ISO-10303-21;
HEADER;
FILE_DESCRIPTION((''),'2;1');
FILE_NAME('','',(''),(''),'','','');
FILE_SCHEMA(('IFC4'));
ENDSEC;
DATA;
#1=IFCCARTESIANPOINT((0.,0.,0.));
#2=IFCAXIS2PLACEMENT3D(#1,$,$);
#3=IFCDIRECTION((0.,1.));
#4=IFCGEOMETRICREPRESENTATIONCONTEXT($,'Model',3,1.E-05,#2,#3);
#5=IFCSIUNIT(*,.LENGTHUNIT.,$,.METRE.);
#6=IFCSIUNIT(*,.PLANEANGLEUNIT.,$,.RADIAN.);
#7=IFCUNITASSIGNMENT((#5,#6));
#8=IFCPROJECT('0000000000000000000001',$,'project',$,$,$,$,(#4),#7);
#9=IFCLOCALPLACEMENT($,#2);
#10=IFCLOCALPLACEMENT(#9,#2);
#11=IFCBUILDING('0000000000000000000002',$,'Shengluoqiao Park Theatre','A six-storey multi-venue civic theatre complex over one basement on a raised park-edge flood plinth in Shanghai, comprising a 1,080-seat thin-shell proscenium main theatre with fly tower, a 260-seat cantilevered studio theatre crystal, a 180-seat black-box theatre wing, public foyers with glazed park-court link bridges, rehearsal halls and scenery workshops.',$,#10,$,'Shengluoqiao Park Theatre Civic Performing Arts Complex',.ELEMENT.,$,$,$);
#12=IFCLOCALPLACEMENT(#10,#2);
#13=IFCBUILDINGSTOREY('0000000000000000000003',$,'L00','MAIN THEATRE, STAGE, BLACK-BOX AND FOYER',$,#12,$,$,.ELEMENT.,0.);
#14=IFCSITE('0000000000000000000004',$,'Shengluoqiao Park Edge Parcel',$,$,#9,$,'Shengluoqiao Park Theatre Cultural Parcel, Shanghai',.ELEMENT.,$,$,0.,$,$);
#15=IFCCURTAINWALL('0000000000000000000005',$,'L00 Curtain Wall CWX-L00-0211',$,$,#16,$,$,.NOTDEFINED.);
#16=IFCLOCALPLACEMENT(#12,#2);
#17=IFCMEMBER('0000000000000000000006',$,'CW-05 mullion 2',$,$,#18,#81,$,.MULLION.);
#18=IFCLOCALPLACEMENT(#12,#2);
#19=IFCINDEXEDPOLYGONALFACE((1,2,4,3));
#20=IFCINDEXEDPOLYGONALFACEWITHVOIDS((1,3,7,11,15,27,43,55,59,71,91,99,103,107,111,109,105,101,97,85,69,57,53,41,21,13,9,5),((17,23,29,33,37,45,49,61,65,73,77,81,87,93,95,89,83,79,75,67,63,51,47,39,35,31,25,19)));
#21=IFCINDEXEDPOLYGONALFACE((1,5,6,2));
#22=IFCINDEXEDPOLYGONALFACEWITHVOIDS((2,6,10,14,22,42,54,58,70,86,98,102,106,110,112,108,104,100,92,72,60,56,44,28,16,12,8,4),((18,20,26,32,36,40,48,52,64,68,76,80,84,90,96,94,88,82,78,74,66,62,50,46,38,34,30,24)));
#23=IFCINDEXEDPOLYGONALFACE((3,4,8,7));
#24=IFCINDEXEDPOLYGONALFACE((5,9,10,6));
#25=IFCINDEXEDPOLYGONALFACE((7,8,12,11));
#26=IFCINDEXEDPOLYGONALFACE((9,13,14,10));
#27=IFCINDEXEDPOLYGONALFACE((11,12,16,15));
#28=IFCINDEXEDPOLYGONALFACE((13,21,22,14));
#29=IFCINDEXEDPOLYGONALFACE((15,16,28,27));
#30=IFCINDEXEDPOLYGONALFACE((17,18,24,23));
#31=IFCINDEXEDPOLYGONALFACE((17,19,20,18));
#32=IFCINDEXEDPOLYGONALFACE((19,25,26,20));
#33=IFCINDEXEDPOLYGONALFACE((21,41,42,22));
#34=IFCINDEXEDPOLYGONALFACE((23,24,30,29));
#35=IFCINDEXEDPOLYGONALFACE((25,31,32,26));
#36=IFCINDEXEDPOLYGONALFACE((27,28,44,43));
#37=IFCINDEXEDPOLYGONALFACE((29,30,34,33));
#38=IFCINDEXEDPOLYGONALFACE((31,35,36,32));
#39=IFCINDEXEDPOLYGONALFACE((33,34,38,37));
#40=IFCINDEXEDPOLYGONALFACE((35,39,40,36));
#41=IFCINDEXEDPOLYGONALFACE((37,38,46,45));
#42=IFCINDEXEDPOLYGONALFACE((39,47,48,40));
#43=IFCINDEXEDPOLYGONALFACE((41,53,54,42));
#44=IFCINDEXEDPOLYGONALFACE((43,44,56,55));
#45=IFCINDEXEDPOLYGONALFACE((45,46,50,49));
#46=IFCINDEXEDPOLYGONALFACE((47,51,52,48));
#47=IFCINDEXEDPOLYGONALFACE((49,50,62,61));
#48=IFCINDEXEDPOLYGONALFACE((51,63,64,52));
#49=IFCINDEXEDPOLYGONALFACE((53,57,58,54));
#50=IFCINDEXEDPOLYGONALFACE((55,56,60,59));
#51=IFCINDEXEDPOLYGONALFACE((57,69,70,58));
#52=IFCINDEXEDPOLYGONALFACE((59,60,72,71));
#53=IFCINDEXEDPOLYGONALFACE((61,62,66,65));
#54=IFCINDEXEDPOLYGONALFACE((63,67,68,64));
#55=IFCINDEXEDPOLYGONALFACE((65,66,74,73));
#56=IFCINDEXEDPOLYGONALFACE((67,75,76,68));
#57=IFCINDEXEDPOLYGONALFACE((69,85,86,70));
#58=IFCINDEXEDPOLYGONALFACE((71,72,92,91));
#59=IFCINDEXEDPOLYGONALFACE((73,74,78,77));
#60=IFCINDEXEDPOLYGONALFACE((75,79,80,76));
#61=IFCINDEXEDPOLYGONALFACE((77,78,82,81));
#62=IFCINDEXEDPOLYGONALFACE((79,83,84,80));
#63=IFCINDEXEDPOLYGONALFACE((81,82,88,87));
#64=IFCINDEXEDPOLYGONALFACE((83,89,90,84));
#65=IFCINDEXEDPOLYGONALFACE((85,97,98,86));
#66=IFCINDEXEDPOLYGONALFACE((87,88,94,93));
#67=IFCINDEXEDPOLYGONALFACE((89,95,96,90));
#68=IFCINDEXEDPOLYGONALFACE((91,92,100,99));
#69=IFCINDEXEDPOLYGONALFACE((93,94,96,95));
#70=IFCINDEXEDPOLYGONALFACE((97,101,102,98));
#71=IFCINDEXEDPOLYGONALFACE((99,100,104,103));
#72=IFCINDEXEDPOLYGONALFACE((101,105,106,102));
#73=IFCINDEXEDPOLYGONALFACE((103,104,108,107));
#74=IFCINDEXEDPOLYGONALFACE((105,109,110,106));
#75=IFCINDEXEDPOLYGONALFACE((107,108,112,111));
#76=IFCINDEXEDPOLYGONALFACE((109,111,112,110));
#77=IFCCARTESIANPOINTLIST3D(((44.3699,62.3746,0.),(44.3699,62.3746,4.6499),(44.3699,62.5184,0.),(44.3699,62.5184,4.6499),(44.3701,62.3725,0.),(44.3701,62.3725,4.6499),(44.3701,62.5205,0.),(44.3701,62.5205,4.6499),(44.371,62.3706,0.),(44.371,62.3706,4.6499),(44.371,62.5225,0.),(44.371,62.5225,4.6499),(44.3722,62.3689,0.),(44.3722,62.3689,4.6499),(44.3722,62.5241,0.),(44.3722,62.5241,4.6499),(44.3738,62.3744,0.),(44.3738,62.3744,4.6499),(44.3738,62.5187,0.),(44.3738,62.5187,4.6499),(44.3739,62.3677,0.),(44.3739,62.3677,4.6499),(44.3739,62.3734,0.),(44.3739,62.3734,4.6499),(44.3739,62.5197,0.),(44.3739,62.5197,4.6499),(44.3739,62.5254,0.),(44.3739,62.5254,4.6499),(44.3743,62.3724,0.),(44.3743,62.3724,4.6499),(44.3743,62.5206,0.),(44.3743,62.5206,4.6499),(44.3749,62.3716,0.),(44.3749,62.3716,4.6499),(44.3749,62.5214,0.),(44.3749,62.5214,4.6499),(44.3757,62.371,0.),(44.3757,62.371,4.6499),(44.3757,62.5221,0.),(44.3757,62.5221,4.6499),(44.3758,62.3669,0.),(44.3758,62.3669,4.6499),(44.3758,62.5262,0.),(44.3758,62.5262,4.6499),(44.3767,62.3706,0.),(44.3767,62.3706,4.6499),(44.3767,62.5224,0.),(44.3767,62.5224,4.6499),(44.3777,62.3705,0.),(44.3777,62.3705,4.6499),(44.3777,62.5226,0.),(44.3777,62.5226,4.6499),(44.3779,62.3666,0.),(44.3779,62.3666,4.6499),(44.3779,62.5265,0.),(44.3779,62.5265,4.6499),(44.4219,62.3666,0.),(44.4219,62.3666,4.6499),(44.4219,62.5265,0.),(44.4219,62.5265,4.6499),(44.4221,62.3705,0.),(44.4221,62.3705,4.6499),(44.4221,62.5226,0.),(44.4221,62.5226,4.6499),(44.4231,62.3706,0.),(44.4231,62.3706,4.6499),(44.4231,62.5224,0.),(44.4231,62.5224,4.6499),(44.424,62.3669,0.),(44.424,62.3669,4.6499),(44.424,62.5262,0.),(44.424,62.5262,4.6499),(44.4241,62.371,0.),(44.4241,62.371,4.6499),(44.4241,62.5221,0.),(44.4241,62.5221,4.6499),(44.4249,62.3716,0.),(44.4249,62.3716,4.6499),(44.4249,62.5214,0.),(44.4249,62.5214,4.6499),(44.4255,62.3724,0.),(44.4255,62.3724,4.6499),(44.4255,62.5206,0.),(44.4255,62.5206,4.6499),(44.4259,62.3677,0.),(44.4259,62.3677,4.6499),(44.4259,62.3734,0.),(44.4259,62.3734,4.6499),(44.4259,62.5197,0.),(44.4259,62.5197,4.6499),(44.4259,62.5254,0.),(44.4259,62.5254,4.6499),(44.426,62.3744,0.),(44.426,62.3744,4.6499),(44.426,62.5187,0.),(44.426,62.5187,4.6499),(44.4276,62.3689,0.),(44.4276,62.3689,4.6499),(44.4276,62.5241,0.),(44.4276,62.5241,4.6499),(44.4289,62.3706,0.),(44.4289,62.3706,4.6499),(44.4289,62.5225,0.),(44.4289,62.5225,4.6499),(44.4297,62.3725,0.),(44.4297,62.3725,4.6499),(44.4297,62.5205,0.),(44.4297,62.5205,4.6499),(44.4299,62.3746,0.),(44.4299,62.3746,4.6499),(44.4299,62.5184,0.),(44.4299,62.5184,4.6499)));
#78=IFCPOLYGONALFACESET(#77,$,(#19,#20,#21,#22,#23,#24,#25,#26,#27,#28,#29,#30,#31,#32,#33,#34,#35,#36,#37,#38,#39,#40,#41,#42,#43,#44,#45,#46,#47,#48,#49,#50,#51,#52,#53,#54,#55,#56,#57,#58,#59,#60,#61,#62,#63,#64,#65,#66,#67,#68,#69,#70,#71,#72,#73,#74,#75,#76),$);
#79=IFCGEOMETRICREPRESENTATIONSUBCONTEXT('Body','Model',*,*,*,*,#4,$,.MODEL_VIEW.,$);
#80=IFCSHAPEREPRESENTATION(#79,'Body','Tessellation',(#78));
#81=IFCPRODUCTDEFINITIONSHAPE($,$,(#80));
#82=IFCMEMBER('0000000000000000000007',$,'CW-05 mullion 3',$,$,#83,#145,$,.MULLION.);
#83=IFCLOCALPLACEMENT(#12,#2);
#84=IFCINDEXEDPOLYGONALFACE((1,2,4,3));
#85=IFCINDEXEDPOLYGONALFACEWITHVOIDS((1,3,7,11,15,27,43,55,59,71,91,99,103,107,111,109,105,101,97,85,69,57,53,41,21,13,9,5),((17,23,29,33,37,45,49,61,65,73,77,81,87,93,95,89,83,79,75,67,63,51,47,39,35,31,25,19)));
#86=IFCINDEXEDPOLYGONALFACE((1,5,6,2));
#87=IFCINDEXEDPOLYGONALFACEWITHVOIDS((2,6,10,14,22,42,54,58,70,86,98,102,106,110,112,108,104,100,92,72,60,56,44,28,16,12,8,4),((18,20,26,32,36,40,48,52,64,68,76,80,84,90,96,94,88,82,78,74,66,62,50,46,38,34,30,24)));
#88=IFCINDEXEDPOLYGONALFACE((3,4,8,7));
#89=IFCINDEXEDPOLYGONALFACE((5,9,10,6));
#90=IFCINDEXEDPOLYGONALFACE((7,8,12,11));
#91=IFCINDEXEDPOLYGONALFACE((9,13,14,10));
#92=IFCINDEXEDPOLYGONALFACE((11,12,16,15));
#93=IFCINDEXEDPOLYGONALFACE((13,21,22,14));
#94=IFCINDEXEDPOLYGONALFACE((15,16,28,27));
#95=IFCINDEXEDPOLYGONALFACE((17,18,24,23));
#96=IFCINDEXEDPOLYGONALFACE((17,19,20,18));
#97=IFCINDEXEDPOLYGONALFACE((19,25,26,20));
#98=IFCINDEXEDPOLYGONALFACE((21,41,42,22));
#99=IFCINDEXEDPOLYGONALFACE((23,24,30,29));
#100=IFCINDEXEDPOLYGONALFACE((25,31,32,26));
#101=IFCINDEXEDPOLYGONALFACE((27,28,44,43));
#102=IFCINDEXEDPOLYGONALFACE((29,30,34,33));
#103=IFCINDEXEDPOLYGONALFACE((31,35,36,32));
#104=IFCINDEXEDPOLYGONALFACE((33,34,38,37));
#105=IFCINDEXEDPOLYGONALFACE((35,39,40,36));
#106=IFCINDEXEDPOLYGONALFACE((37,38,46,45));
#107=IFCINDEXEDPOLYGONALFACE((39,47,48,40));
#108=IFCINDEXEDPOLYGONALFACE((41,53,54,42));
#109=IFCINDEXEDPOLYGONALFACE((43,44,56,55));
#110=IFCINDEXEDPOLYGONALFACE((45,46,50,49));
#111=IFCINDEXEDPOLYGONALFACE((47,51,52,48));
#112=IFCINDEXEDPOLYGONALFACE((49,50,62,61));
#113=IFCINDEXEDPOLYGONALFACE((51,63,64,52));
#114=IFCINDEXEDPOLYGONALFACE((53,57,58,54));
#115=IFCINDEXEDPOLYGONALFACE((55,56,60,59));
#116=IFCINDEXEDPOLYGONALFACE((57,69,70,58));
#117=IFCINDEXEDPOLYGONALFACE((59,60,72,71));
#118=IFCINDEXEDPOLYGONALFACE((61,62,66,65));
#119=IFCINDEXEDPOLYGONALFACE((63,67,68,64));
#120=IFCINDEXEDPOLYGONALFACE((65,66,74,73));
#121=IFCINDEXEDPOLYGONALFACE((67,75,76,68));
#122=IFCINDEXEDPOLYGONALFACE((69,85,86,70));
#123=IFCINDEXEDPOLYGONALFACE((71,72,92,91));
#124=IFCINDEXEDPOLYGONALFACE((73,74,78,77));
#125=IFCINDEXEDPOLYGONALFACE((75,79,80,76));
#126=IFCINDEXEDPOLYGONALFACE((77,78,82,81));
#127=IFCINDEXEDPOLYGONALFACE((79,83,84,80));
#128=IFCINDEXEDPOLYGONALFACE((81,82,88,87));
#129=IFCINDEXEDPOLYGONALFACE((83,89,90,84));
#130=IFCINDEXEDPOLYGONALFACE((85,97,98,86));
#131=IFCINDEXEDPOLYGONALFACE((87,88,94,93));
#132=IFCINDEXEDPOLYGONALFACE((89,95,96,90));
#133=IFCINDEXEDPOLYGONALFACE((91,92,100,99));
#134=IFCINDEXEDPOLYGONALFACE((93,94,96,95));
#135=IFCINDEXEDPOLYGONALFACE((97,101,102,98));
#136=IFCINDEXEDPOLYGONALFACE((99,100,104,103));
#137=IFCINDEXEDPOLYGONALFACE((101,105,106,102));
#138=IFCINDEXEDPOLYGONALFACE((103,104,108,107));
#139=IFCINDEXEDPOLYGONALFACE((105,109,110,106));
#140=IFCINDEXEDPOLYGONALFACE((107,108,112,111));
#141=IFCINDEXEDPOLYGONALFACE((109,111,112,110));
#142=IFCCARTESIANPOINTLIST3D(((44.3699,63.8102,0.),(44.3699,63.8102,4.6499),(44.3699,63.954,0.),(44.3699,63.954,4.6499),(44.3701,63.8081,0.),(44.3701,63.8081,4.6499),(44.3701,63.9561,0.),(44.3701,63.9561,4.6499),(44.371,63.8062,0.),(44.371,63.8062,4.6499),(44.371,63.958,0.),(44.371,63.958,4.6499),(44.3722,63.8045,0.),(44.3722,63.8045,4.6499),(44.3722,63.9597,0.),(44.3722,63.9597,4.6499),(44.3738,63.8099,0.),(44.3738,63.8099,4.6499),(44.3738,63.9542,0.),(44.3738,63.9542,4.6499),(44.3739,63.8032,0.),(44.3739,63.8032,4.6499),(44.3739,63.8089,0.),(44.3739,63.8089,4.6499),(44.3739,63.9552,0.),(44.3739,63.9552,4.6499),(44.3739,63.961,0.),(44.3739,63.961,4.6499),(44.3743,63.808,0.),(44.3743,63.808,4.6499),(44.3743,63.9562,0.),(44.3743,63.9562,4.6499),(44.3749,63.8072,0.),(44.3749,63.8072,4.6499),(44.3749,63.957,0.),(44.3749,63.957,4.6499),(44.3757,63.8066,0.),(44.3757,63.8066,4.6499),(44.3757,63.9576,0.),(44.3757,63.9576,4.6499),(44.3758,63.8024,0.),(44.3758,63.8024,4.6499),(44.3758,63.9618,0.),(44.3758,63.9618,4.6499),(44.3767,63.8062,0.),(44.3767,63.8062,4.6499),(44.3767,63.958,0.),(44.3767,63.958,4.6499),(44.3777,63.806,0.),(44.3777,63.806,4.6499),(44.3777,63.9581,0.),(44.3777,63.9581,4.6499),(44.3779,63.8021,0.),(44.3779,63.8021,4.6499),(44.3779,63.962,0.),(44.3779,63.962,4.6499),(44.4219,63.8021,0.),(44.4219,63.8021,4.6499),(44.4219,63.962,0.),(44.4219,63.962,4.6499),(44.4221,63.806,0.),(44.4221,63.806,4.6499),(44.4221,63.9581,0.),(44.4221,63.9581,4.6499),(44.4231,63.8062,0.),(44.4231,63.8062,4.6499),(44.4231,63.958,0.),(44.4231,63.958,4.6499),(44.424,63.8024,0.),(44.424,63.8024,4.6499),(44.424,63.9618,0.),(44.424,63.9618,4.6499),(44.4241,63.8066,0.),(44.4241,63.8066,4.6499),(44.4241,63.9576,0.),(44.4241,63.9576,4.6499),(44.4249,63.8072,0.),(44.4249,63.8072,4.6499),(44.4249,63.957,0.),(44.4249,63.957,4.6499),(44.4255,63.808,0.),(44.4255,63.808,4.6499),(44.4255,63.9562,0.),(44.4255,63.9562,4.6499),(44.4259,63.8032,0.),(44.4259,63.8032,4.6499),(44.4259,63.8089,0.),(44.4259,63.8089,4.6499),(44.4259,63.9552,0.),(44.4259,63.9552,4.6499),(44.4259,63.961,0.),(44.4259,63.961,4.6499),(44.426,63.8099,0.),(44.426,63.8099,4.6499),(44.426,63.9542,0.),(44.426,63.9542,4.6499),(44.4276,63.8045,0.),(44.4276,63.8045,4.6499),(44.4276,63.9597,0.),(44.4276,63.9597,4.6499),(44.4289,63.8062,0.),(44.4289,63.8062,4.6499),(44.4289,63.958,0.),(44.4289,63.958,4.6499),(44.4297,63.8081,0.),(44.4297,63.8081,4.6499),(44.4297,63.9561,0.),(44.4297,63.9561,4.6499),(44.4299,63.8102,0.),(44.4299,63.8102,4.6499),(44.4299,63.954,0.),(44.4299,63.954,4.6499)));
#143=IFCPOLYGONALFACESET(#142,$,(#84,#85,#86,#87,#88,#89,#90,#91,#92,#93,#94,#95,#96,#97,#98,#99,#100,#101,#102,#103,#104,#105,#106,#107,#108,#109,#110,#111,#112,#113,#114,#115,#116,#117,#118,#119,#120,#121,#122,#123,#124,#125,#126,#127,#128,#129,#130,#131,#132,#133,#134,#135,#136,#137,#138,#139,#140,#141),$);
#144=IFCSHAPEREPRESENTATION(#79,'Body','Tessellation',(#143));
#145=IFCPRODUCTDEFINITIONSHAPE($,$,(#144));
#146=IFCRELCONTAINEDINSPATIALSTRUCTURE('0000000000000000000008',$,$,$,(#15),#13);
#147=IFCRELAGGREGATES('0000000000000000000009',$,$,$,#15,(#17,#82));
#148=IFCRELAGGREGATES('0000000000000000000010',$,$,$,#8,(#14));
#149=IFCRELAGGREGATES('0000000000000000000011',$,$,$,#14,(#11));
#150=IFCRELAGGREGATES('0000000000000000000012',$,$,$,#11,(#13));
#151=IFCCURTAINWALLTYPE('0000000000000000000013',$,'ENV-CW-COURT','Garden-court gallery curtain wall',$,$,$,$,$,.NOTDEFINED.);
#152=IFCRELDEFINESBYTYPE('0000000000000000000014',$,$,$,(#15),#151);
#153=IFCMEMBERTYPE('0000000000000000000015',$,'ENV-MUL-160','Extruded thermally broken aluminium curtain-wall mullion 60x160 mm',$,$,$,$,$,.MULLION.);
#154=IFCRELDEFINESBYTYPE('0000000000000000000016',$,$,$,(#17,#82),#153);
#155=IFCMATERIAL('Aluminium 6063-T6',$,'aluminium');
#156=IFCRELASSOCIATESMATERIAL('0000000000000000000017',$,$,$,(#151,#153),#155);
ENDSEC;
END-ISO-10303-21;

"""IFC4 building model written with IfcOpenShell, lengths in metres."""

from ifc_helpers import new_model, si_unit, direction, frame, origin, origin_2d, place, context, subcontext, project, spatial, hollow_rectangle, extrude, material, material_profile, profile_set, type_object, element, aggregate, save


model = new_model("IFC4")

# Units and contexts
model_context = context("Model", 3, precision=1e-05, world=origin(), true_north=direction((0.0, 1.0)))
body_context = subcontext(model_context, "Body", "Model", "MODEL_VIEW")
ifc_project = project(units=[si_unit("LENGTHUNIT", "METRE"), si_unit("PLANEANGLEUNIT", "RADIAN")], contexts=[model_context])

# Site, building, storey
site_placement = place(None, origin())
site = spatial("IfcSite", under=ifc_project, at=site_placement, Name="Shengluoqiao Park Edge Parcel", LongName="Shengluoqiao Park Theatre Cultural Parcel, Shanghai", CompositionType="ELEMENT", RefElevation=0.0)
building_placement = place(site_placement, origin())
building = spatial("IfcBuilding", under=site, at=building_placement, Name="Shengluoqiao Park Theatre", Description="A six-storey multi-venue civic theatre complex over one basement on a raised park-edge flood plinth in Shanghai, comprising a 1,080-seat thin-shell proscenium main theatre with fly tower, a 260-seat cantilevered studio theatre crystal, a 180-seat black-box theatre wing, public foyers with glazed park-court link bridges, rehearsal halls and scenery workshops.", LongName="Shengluoqiao Park Theatre Civic Performing Arts Complex", CompositionType="ELEMENT")
storey_placement = place(building_placement, origin())
storey = spatial("IfcBuildingStorey", under=building, at=storey_placement, Name="L00", Description="MAIN THEATRE, STAGE, BLACK-BOX AND FOYER", CompositionType="ELEMENT", Elevation=0.0)

# Curtain wall, members
ifc_material_1 = material(Name="Aluminium 6063-T6", Category="aluminium")
curtain_wall_type = type_object("IfcCurtainWallType", Name="ENV-CW-COURT", Description="Garden-court gallery curtain wall", PredefinedType="NOTDEFINED", material=ifc_material_1)
curtain_wall_placement = place(storey_placement, origin())
curtain_wall = element("IfcCurtainWall", 1, at=curtain_wall_placement, inside=storey, type_object=curtain_wall_type, Name="L00 Curtain Wall CWX-L00-0211", PredefinedType="NOTDEFINED")
ifc_material_profile_1 = material_profile(ifc_material_1, hollow_rectangle(XDim=0.0601, YDim=0.1599, WallThickness=0.0039, InnerFilletRadius=0.0039, OuterFilletRadius=0.0081, at=origin_2d()), Name="ALU MULLION 160x60x4")
ifc_profile_set_1 = profile_set([ifc_material_profile_1], Name="Aluminium 6063-T6")
member_type_1 = type_object("IfcMemberType", Name="ENV-MUL-160", Description="Extruded thermally broken aluminium curtain-wall mullion 60x160 mm", PredefinedType="MULLION", material=ifc_profile_set_1)
member_1_placement = place(storey_placement, frame((44.3999, 62.4465, 0.0), z_axis=(0.0, 0.0, 1.0), x_axis=(-1.0, 0.0, 0.0)))
member_1 = element("IfcMember", 2, at=member_1_placement, type_object=member_type_1, Name="CW-05 mullion 2", PredefinedType="MULLION", context=body_context, shape_type="SweptSolid", body=[
    extrude(hollow_rectangle(XDim=0.0601, YDim=0.1599, WallThickness=0.0039, InnerFilletRadius=0.0039, OuterFilletRadius=0.0081, at=origin_2d()), origin(), (0.0, 0.0, 1.0), 4.6499),
])
member_2_placement = place(storey_placement, frame((44.3999, 63.8821, 0.0), z_axis=(0.0, 0.0, 1.0), x_axis=(-1.0, 0.0, 0.0)))
member_2 = element("IfcMember", 3, at=member_2_placement, type_object=member_type_1, Name="CW-05 mullion 3", PredefinedType="MULLION", context=body_context, shape_type="SweptSolid", body=[
    extrude(hollow_rectangle(XDim=0.0601, YDim=0.1599, WallThickness=0.0039, InnerFilletRadius=0.0039, OuterFilletRadius=0.0081, at=origin_2d()), origin(), (0.0, 0.0, 1.0), 4.6499),
])
aggregate(curtain_wall, [member_1, member_2])

save(model, "model.ifc")
